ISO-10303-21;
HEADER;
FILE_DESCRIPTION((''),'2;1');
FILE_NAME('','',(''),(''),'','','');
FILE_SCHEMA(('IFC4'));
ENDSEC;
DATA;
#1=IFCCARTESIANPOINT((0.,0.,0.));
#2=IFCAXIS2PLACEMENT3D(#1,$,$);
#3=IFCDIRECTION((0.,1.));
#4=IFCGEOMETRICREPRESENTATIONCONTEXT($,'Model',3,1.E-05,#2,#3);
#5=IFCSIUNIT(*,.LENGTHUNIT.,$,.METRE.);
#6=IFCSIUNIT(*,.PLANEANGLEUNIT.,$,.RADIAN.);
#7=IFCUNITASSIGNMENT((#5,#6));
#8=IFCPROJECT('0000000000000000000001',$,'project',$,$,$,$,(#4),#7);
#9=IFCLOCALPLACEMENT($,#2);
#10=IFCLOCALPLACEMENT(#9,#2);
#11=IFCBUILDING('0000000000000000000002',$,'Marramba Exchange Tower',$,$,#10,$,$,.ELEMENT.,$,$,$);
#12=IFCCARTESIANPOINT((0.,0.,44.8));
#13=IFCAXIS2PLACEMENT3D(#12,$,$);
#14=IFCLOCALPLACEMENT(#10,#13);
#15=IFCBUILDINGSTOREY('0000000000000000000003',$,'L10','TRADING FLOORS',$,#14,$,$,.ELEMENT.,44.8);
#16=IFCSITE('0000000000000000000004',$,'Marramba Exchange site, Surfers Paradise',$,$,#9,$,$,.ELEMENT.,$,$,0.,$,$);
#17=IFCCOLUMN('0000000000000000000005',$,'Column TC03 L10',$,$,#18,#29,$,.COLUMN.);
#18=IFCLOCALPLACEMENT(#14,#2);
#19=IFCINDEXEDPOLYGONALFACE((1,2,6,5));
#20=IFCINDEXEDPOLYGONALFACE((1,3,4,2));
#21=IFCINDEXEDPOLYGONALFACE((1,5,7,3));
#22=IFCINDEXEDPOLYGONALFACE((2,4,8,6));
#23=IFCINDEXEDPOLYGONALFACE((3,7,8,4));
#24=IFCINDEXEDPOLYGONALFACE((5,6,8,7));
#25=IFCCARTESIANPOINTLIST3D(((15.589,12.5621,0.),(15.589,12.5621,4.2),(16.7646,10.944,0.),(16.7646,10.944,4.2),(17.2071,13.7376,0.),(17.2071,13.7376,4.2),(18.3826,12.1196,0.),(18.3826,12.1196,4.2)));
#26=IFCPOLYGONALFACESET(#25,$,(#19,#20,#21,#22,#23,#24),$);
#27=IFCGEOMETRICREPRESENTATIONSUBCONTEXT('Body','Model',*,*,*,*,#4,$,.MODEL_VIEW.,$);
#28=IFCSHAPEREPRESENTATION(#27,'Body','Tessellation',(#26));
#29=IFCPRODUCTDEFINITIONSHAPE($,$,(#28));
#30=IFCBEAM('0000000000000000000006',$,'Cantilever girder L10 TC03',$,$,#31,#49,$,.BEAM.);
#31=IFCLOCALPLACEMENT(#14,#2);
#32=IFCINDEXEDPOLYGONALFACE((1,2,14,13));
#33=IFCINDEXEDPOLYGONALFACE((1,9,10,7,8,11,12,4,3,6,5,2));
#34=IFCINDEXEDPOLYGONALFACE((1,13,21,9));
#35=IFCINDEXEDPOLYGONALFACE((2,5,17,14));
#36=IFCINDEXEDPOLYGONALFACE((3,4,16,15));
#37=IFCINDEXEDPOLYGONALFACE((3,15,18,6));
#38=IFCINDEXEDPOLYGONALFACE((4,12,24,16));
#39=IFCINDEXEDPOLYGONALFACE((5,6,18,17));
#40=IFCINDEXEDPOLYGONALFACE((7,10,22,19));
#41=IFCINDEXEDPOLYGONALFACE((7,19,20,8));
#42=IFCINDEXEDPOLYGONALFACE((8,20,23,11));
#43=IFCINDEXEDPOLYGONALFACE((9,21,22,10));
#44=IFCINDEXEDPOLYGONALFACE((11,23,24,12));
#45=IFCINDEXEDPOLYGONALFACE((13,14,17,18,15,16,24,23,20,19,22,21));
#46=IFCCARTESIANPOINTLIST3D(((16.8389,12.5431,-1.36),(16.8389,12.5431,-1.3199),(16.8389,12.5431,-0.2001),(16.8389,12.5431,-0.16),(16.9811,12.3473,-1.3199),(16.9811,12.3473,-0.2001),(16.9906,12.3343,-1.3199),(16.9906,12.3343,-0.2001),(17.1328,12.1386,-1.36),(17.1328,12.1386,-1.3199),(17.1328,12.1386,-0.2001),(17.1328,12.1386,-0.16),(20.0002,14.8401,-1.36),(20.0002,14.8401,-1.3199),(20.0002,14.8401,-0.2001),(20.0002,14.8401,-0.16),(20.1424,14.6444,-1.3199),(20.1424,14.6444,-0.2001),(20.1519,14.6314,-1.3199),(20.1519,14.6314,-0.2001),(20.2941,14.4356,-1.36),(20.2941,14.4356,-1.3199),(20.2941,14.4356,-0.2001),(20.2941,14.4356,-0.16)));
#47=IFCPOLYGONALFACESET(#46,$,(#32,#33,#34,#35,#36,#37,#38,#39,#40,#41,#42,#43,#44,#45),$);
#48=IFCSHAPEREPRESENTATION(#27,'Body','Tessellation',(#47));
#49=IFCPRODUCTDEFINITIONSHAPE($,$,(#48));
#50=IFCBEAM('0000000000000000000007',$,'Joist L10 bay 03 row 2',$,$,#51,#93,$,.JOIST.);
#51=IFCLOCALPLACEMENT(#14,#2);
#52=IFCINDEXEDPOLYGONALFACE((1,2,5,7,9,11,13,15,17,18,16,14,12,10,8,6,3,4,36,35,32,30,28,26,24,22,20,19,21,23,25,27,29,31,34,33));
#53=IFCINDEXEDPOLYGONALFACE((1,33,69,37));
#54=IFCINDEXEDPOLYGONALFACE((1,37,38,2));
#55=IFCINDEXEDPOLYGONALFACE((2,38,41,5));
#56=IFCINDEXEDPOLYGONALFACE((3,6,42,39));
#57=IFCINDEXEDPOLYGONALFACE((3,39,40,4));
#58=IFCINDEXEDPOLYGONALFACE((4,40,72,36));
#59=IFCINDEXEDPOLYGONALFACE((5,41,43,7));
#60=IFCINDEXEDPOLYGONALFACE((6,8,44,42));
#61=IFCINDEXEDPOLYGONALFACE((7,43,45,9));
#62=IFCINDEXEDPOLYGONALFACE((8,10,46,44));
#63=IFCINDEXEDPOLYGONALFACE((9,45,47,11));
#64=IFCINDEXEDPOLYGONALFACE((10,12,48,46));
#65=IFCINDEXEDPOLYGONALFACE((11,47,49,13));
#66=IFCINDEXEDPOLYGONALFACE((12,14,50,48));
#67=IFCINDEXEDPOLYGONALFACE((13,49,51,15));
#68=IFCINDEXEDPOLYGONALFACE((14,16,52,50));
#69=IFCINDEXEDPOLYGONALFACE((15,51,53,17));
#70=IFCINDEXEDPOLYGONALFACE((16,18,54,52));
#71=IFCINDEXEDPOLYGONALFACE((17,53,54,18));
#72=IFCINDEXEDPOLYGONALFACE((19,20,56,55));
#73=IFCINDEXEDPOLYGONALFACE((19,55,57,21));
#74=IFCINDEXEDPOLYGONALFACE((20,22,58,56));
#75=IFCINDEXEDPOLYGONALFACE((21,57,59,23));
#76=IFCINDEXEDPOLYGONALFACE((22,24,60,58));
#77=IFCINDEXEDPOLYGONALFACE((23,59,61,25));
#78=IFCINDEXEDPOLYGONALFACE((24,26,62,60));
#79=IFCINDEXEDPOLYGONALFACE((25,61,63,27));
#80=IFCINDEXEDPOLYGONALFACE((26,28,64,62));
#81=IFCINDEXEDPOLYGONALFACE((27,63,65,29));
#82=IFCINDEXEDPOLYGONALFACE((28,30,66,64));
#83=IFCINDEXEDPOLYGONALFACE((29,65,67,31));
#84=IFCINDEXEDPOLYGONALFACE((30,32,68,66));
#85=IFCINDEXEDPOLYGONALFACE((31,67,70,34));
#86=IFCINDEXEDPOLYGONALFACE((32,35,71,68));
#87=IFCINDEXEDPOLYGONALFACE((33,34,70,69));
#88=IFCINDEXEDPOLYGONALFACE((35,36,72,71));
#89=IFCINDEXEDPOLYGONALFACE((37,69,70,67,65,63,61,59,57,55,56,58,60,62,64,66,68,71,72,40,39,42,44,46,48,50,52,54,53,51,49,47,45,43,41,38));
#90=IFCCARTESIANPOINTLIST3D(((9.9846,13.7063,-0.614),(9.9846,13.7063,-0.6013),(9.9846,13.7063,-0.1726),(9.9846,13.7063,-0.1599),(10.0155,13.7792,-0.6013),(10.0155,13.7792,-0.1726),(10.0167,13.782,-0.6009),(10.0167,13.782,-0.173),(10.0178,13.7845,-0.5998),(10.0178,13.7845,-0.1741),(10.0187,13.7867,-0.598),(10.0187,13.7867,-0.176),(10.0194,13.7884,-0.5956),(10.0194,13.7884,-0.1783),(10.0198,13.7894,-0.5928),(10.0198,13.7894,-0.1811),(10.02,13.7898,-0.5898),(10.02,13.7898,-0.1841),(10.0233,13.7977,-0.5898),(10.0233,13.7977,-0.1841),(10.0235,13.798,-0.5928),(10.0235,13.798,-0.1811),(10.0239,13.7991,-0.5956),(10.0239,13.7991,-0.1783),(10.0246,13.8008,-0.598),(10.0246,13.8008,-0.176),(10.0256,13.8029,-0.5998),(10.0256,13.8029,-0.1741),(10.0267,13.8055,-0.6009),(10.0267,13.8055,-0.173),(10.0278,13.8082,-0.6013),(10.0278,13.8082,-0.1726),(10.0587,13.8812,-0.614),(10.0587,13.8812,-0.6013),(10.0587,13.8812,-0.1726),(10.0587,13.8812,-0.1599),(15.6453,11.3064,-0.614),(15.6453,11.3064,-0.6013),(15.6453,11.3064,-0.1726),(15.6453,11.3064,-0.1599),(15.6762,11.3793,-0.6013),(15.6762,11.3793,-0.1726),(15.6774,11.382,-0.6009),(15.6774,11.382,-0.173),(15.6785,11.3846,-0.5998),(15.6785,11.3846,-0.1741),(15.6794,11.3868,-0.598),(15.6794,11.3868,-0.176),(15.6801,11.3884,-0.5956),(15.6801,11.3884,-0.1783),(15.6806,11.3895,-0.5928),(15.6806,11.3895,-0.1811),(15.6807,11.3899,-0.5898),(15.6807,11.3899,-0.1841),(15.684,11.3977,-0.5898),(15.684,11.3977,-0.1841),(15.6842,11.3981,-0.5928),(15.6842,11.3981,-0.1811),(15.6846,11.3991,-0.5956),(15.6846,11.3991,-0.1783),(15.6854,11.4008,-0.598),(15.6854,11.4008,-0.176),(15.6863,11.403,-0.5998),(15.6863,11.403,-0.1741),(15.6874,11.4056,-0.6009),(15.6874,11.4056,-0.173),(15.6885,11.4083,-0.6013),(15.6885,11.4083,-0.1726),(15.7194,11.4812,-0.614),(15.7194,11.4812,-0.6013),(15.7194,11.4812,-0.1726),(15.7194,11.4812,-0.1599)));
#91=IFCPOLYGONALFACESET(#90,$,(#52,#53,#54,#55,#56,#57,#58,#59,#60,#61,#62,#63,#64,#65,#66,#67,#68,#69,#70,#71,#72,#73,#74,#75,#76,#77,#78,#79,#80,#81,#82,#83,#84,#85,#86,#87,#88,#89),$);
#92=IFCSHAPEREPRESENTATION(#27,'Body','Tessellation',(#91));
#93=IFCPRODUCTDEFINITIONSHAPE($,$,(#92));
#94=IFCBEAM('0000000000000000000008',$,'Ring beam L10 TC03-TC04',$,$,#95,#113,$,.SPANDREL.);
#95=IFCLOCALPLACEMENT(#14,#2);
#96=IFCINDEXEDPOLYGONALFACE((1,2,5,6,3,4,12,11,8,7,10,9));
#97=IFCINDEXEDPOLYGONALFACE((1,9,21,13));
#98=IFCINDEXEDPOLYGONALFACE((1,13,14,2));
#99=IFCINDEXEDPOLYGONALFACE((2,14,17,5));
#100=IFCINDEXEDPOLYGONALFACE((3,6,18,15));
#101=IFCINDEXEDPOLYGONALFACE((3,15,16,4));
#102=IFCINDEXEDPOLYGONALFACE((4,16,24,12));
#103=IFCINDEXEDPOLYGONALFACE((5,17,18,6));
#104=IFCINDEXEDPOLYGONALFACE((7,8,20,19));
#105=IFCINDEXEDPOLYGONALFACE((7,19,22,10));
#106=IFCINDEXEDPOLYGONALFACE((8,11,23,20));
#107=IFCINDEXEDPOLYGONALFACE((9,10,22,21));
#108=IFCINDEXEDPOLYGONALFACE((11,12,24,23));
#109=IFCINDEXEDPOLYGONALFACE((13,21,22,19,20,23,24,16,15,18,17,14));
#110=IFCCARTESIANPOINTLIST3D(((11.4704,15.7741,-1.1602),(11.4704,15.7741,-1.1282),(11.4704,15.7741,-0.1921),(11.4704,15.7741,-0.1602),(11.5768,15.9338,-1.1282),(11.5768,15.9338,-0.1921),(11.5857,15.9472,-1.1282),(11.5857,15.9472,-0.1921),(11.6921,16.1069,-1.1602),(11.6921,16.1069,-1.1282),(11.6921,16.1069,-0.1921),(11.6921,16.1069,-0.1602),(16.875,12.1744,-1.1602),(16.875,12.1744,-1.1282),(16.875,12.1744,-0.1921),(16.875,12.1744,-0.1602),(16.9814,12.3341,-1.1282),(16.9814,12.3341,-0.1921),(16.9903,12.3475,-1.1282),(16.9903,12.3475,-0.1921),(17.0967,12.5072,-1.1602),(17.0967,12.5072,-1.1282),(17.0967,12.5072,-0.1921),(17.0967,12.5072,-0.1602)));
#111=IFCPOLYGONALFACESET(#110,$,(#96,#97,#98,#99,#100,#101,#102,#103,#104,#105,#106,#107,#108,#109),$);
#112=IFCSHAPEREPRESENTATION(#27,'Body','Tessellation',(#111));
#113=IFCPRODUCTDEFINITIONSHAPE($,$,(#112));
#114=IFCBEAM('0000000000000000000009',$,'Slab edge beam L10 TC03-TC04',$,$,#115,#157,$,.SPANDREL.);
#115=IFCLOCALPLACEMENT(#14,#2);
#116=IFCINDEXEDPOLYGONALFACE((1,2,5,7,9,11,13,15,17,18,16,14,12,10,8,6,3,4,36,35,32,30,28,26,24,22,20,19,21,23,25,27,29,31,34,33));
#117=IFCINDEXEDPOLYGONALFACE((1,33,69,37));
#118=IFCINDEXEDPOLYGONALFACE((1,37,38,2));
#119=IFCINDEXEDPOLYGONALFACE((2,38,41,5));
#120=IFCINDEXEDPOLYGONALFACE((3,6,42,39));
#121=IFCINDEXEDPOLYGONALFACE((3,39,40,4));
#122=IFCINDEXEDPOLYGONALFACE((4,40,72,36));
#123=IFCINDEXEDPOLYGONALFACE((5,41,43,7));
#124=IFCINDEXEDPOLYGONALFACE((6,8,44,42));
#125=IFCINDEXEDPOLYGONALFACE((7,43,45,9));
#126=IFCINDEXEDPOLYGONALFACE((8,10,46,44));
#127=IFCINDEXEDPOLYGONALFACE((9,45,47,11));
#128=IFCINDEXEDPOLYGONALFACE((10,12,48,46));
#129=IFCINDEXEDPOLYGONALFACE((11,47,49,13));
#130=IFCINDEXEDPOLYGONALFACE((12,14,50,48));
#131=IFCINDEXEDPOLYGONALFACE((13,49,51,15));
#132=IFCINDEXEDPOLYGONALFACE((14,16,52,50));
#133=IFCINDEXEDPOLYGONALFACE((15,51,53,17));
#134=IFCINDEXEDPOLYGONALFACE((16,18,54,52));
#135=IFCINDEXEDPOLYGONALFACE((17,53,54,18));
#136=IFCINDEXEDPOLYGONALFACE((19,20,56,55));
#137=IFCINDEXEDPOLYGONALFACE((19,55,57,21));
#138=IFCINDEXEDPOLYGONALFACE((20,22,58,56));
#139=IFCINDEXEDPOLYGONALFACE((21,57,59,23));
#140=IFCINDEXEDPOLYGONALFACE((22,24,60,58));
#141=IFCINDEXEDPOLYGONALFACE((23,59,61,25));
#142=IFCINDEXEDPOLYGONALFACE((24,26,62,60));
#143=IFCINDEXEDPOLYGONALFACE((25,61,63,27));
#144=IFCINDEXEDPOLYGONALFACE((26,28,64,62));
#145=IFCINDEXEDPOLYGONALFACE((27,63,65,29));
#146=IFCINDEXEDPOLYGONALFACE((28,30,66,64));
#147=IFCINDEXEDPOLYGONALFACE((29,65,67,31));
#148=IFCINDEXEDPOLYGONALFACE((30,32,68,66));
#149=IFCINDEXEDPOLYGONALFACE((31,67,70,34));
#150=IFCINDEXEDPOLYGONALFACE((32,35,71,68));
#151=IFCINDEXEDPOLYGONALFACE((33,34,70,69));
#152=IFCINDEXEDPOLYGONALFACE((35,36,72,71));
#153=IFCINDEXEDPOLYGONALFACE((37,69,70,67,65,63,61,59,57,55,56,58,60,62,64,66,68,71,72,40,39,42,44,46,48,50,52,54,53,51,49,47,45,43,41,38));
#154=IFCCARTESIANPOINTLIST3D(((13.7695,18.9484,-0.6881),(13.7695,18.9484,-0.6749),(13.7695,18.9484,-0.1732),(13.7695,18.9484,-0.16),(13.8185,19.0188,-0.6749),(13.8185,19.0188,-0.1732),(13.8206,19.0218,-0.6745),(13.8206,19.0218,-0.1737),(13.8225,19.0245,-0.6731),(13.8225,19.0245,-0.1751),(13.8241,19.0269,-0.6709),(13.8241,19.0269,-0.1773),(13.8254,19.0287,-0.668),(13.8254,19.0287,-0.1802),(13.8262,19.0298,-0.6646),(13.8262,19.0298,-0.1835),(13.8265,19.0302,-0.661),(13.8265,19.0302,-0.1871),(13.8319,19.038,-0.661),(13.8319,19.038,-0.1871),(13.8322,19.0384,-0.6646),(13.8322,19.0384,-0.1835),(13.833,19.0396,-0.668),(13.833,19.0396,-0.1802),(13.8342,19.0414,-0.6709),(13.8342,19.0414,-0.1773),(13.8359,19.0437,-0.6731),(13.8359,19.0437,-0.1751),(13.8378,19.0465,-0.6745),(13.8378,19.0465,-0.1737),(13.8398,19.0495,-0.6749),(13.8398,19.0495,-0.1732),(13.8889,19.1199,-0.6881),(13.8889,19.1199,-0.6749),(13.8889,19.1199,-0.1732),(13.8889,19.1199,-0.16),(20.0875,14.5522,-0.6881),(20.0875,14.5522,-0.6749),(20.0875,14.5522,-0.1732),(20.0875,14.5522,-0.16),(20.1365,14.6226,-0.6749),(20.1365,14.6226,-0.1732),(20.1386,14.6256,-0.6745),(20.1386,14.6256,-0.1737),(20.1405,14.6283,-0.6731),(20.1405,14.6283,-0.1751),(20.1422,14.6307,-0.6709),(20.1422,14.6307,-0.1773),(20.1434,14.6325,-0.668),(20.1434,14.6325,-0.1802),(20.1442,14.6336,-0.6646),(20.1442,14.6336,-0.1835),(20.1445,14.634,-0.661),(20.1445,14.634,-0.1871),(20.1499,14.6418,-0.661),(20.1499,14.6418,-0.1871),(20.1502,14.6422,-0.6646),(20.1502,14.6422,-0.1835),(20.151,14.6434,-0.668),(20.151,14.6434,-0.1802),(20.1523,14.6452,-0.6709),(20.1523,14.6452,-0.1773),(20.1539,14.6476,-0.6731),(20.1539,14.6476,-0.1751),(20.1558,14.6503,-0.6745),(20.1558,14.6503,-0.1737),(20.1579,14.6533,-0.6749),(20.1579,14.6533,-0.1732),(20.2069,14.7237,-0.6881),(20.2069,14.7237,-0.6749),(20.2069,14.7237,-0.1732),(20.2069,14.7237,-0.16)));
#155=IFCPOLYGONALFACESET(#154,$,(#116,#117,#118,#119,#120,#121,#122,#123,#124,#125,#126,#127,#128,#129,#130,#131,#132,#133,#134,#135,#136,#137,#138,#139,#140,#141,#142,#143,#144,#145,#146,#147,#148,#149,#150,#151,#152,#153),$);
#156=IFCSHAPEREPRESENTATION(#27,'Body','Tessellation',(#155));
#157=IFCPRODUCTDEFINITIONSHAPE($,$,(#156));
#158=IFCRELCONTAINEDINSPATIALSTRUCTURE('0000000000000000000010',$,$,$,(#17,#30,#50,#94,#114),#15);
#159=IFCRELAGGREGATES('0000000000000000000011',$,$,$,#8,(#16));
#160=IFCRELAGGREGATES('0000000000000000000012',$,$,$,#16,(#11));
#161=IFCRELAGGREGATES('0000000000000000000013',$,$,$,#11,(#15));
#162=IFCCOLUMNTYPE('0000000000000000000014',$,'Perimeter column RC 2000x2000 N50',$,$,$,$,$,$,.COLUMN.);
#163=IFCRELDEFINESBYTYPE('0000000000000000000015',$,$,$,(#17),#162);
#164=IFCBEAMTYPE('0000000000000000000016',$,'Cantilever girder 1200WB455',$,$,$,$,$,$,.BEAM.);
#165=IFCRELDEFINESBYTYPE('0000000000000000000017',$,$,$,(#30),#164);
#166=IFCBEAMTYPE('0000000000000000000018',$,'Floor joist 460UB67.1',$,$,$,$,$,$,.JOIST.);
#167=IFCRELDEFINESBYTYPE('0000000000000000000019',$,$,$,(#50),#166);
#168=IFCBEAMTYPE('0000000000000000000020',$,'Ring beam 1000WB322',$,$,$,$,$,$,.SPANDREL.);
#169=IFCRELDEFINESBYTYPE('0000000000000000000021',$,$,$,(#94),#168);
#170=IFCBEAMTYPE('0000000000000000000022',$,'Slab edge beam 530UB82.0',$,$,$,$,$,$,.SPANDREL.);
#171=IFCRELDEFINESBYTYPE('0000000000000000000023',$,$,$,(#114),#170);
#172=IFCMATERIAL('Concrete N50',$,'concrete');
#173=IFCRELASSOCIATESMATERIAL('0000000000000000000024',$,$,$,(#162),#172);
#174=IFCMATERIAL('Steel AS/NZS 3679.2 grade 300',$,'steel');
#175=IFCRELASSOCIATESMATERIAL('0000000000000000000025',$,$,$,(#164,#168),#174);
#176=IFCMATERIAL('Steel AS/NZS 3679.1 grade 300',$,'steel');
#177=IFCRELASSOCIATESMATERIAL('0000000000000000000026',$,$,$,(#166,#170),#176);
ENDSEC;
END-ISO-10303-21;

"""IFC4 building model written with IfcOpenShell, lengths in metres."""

from ifc_helpers import new_model, si_unit, direction, frame, origin, origin_2d, place, context, subcontext, project, spatial, rectangle, i_section, extrude, material, material_profile, profile_set, type_object, element, save


model = new_model("IFC4")

# Units and contexts
model_context = context("Model", 3, precision=1e-05, world=origin(), true_north=direction((0.0, 1.0)))
body_context = subcontext(model_context, "Body", "Model", "MODEL_VIEW")
ifc_project = project(units=[si_unit("LENGTHUNIT", "METRE"), si_unit("PLANEANGLEUNIT", "RADIAN")], contexts=[model_context])

# Site, building, storey
site_placement = place(None, origin())
site = spatial("IfcSite", under=ifc_project, at=site_placement, Name="Marramba Exchange site, Surfers Paradise", CompositionType="ELEMENT", RefElevation=0.0)
building_placement = place(site_placement, origin())
building = spatial("IfcBuilding", under=site, at=building_placement, Name="Marramba Exchange Tower", CompositionType="ELEMENT")
storey_placement = place(building_placement, frame((0.0, 0.0, 44.8)))
storey = spatial("IfcBuildingStorey", under=building, at=storey_placement, Name="L10", Description="TRADING FLOORS", CompositionType="ELEMENT", Elevation=44.8)

# Column
ifc_material_1 = material(Name="Concrete N50", Category="concrete")
ifc_material_profile_1 = material_profile(ifc_material_1, rectangle(XDim=2.0, YDim=2.0, at=origin_2d()), Name="RC 2000x2000")
ifc_profile_set_1 = profile_set([ifc_material_profile_1], Name="Concrete N50")
column_type = type_object("IfcColumnType", Name="Perimeter column RC 2000x2000 N50", PredefinedType="COLUMN", material=ifc_profile_set_1)
column_placement = place(storey_placement, frame((16.9858, 12.3408, 0.0), z_axis=(0.0, 0.0, 1.0), x_axis=(0.809017, 0.587785, 0.0)))
element("IfcColumn", 1, at=column_placement, inside=storey, type_object=column_type, Name="Column TC03 L10", PredefinedType="COLUMN", context=body_context, shape_type="SweptSolid", body=[
    extrude(rectangle(XDim=2.0, YDim=2.0, at=origin_2d()), origin(), (0.0, 0.0, 1.0), 4.2),
])

# Beams
ifc_material_2 = material(Name="Steel AS/NZS 3679.2 grade 300", Category="steel")
ifc_material_profile_2 = material_profile(ifc_material_2, i_section(OverallWidth=0.5, OverallDepth=1.2, WebThickness=0.0161, FlangeThickness=0.04, at=origin_2d()), Name="1200WB455")
ifc_profile_set_2 = profile_set([ifc_material_profile_2], Name="Steel AS/NZS 3679.2 grade 300")
beam_type_1 = type_object("IfcBeamType", Name="Cantilever girder 1200WB455", PredefinedType="BEAM", material=ifc_profile_set_2)
beam_1_placement = place(storey_placement, frame((16.9858, 12.3408, -0.76), z_axis=(0.808987, 0.587826, 0.0), x_axis=(-0.587826, 0.808987, 0.0)))
element("IfcBeam", 2, at=beam_1_placement, inside=storey, type_object=beam_type_1, Name="Cantilever girder L10 TC03", PredefinedType="BEAM", context=body_context, shape_type="SweptSolid", body=[
    extrude(i_section(OverallWidth=0.5, OverallDepth=1.2, WebThickness=0.0161, FlangeThickness=0.04, at=origin_2d()), origin(), (0.0, 0.0, 1.0), 3.9077),
])
ifc_material_3 = material(Name="Steel AS/NZS 3679.1 grade 300", Category="steel")
ifc_material_profile_3 = material_profile(ifc_material_3, i_section(OverallWidth=0.1899, OverallDepth=0.4541, WebThickness=0.0085, FlangeThickness=0.0127, FilletRadius=0.0115, at=origin_2d()), Name="460UB67.1")
ifc_profile_set_3 = profile_set([ifc_material_profile_3], Name="Steel AS/NZS 3679.1 grade 300")
beam_type_2 = type_object("IfcBeamType", Name="Floor joist 460UB67.1", PredefinedType="JOIST", material=ifc_profile_set_3)
beam_2_placement = place(storey_placement, frame((15.6824, 11.3938, -0.387), z_axis=(-0.920674, 0.390332, 0.0), x_axis=(-0.390332, -0.920674, 0.0)))
element("IfcBeam", 3, at=beam_2_placement, inside=storey, type_object=beam_type_2, Name="Joist L10 bay 03 row 2", PredefinedType="JOIST", context=body_context, shape_type="SweptSolid", body=[
    extrude(i_section(OverallWidth=0.1899, OverallDepth=0.4541, WebThickness=0.0085, FlangeThickness=0.0127, FilletRadius=0.0115, at=origin_2d()), origin(), (0.0, 0.0, 1.0), 6.1484),
])
ifc_material_profile_4 = material_profile(ifc_material_2, i_section(OverallWidth=0.3999, OverallDepth=1.0, WebThickness=0.0161, FlangeThickness=0.032, at=origin_2d()), Name="1000WB322")
ifc_profile_set_4 = profile_set([ifc_material_profile_4], Name="Steel AS/NZS 3679.2 grade 300")
beam_type_3 = type_object("IfcBeamType", Name="Ring beam 1000WB322", PredefinedType="SPANDREL", material=ifc_profile_set_4)
beam_3_placement = place(storey_placement, frame((16.9858, 12.3408, -0.6602), z_axis=(-0.832293, 0.554336, 0.0), x_axis=(-0.554336, -0.832293, 0.0)))
element("IfcBeam", 4, at=beam_3_placement, inside=storey, type_object=beam_type_3, Name="Ring beam L10 TC03-TC04", PredefinedType="SPANDREL", context=body_context, shape_type="SweptSolid", body=[
    extrude(i_section(OverallWidth=0.3999, OverallDepth=1.0, WebThickness=0.0161, FlangeThickness=0.032, at=origin_2d()), origin(), (0.0, 0.0, 1.0), 6.4937),
])
ifc_material_profile_5 = material_profile(ifc_material_3, i_section(OverallWidth=0.209, OverallDepth=0.5281, WebThickness=0.0095, FlangeThickness=0.0132, FilletRadius=0.0139, at=origin_2d()), Name="530UB82.0")
ifc_profile_set_5 = profile_set([ifc_material_profile_5], Name="Steel AS/NZS 3679.1 grade 300")
beam_type_4 = type_object("IfcBeamType", Name="Slab edge beam 530UB82.0", PredefinedType="SPANDREL", material=ifc_profile_set_5)
beam_4_placement = place(storey_placement, frame((20.1472, 14.6379, -0.4241), z_axis=(-0.820842, 0.571155, 0.0), x_axis=(-0.571155, -0.820842, 0.0)))
element("IfcBeam", 5, at=beam_4_placement, inside=storey, type_object=beam_type_4, Name="Slab edge beam L10 TC03-TC04", PredefinedType="SPANDREL", context=body_context, shape_type="SweptSolid", body=[
    extrude(i_section(OverallWidth=0.209, OverallDepth=0.5281, WebThickness=0.0095, FlangeThickness=0.0132, FilletRadius=0.0139, at=origin_2d()), origin(), (0.0, 0.0, 1.0), 7.697),
])

save(model, "model.ifc")
